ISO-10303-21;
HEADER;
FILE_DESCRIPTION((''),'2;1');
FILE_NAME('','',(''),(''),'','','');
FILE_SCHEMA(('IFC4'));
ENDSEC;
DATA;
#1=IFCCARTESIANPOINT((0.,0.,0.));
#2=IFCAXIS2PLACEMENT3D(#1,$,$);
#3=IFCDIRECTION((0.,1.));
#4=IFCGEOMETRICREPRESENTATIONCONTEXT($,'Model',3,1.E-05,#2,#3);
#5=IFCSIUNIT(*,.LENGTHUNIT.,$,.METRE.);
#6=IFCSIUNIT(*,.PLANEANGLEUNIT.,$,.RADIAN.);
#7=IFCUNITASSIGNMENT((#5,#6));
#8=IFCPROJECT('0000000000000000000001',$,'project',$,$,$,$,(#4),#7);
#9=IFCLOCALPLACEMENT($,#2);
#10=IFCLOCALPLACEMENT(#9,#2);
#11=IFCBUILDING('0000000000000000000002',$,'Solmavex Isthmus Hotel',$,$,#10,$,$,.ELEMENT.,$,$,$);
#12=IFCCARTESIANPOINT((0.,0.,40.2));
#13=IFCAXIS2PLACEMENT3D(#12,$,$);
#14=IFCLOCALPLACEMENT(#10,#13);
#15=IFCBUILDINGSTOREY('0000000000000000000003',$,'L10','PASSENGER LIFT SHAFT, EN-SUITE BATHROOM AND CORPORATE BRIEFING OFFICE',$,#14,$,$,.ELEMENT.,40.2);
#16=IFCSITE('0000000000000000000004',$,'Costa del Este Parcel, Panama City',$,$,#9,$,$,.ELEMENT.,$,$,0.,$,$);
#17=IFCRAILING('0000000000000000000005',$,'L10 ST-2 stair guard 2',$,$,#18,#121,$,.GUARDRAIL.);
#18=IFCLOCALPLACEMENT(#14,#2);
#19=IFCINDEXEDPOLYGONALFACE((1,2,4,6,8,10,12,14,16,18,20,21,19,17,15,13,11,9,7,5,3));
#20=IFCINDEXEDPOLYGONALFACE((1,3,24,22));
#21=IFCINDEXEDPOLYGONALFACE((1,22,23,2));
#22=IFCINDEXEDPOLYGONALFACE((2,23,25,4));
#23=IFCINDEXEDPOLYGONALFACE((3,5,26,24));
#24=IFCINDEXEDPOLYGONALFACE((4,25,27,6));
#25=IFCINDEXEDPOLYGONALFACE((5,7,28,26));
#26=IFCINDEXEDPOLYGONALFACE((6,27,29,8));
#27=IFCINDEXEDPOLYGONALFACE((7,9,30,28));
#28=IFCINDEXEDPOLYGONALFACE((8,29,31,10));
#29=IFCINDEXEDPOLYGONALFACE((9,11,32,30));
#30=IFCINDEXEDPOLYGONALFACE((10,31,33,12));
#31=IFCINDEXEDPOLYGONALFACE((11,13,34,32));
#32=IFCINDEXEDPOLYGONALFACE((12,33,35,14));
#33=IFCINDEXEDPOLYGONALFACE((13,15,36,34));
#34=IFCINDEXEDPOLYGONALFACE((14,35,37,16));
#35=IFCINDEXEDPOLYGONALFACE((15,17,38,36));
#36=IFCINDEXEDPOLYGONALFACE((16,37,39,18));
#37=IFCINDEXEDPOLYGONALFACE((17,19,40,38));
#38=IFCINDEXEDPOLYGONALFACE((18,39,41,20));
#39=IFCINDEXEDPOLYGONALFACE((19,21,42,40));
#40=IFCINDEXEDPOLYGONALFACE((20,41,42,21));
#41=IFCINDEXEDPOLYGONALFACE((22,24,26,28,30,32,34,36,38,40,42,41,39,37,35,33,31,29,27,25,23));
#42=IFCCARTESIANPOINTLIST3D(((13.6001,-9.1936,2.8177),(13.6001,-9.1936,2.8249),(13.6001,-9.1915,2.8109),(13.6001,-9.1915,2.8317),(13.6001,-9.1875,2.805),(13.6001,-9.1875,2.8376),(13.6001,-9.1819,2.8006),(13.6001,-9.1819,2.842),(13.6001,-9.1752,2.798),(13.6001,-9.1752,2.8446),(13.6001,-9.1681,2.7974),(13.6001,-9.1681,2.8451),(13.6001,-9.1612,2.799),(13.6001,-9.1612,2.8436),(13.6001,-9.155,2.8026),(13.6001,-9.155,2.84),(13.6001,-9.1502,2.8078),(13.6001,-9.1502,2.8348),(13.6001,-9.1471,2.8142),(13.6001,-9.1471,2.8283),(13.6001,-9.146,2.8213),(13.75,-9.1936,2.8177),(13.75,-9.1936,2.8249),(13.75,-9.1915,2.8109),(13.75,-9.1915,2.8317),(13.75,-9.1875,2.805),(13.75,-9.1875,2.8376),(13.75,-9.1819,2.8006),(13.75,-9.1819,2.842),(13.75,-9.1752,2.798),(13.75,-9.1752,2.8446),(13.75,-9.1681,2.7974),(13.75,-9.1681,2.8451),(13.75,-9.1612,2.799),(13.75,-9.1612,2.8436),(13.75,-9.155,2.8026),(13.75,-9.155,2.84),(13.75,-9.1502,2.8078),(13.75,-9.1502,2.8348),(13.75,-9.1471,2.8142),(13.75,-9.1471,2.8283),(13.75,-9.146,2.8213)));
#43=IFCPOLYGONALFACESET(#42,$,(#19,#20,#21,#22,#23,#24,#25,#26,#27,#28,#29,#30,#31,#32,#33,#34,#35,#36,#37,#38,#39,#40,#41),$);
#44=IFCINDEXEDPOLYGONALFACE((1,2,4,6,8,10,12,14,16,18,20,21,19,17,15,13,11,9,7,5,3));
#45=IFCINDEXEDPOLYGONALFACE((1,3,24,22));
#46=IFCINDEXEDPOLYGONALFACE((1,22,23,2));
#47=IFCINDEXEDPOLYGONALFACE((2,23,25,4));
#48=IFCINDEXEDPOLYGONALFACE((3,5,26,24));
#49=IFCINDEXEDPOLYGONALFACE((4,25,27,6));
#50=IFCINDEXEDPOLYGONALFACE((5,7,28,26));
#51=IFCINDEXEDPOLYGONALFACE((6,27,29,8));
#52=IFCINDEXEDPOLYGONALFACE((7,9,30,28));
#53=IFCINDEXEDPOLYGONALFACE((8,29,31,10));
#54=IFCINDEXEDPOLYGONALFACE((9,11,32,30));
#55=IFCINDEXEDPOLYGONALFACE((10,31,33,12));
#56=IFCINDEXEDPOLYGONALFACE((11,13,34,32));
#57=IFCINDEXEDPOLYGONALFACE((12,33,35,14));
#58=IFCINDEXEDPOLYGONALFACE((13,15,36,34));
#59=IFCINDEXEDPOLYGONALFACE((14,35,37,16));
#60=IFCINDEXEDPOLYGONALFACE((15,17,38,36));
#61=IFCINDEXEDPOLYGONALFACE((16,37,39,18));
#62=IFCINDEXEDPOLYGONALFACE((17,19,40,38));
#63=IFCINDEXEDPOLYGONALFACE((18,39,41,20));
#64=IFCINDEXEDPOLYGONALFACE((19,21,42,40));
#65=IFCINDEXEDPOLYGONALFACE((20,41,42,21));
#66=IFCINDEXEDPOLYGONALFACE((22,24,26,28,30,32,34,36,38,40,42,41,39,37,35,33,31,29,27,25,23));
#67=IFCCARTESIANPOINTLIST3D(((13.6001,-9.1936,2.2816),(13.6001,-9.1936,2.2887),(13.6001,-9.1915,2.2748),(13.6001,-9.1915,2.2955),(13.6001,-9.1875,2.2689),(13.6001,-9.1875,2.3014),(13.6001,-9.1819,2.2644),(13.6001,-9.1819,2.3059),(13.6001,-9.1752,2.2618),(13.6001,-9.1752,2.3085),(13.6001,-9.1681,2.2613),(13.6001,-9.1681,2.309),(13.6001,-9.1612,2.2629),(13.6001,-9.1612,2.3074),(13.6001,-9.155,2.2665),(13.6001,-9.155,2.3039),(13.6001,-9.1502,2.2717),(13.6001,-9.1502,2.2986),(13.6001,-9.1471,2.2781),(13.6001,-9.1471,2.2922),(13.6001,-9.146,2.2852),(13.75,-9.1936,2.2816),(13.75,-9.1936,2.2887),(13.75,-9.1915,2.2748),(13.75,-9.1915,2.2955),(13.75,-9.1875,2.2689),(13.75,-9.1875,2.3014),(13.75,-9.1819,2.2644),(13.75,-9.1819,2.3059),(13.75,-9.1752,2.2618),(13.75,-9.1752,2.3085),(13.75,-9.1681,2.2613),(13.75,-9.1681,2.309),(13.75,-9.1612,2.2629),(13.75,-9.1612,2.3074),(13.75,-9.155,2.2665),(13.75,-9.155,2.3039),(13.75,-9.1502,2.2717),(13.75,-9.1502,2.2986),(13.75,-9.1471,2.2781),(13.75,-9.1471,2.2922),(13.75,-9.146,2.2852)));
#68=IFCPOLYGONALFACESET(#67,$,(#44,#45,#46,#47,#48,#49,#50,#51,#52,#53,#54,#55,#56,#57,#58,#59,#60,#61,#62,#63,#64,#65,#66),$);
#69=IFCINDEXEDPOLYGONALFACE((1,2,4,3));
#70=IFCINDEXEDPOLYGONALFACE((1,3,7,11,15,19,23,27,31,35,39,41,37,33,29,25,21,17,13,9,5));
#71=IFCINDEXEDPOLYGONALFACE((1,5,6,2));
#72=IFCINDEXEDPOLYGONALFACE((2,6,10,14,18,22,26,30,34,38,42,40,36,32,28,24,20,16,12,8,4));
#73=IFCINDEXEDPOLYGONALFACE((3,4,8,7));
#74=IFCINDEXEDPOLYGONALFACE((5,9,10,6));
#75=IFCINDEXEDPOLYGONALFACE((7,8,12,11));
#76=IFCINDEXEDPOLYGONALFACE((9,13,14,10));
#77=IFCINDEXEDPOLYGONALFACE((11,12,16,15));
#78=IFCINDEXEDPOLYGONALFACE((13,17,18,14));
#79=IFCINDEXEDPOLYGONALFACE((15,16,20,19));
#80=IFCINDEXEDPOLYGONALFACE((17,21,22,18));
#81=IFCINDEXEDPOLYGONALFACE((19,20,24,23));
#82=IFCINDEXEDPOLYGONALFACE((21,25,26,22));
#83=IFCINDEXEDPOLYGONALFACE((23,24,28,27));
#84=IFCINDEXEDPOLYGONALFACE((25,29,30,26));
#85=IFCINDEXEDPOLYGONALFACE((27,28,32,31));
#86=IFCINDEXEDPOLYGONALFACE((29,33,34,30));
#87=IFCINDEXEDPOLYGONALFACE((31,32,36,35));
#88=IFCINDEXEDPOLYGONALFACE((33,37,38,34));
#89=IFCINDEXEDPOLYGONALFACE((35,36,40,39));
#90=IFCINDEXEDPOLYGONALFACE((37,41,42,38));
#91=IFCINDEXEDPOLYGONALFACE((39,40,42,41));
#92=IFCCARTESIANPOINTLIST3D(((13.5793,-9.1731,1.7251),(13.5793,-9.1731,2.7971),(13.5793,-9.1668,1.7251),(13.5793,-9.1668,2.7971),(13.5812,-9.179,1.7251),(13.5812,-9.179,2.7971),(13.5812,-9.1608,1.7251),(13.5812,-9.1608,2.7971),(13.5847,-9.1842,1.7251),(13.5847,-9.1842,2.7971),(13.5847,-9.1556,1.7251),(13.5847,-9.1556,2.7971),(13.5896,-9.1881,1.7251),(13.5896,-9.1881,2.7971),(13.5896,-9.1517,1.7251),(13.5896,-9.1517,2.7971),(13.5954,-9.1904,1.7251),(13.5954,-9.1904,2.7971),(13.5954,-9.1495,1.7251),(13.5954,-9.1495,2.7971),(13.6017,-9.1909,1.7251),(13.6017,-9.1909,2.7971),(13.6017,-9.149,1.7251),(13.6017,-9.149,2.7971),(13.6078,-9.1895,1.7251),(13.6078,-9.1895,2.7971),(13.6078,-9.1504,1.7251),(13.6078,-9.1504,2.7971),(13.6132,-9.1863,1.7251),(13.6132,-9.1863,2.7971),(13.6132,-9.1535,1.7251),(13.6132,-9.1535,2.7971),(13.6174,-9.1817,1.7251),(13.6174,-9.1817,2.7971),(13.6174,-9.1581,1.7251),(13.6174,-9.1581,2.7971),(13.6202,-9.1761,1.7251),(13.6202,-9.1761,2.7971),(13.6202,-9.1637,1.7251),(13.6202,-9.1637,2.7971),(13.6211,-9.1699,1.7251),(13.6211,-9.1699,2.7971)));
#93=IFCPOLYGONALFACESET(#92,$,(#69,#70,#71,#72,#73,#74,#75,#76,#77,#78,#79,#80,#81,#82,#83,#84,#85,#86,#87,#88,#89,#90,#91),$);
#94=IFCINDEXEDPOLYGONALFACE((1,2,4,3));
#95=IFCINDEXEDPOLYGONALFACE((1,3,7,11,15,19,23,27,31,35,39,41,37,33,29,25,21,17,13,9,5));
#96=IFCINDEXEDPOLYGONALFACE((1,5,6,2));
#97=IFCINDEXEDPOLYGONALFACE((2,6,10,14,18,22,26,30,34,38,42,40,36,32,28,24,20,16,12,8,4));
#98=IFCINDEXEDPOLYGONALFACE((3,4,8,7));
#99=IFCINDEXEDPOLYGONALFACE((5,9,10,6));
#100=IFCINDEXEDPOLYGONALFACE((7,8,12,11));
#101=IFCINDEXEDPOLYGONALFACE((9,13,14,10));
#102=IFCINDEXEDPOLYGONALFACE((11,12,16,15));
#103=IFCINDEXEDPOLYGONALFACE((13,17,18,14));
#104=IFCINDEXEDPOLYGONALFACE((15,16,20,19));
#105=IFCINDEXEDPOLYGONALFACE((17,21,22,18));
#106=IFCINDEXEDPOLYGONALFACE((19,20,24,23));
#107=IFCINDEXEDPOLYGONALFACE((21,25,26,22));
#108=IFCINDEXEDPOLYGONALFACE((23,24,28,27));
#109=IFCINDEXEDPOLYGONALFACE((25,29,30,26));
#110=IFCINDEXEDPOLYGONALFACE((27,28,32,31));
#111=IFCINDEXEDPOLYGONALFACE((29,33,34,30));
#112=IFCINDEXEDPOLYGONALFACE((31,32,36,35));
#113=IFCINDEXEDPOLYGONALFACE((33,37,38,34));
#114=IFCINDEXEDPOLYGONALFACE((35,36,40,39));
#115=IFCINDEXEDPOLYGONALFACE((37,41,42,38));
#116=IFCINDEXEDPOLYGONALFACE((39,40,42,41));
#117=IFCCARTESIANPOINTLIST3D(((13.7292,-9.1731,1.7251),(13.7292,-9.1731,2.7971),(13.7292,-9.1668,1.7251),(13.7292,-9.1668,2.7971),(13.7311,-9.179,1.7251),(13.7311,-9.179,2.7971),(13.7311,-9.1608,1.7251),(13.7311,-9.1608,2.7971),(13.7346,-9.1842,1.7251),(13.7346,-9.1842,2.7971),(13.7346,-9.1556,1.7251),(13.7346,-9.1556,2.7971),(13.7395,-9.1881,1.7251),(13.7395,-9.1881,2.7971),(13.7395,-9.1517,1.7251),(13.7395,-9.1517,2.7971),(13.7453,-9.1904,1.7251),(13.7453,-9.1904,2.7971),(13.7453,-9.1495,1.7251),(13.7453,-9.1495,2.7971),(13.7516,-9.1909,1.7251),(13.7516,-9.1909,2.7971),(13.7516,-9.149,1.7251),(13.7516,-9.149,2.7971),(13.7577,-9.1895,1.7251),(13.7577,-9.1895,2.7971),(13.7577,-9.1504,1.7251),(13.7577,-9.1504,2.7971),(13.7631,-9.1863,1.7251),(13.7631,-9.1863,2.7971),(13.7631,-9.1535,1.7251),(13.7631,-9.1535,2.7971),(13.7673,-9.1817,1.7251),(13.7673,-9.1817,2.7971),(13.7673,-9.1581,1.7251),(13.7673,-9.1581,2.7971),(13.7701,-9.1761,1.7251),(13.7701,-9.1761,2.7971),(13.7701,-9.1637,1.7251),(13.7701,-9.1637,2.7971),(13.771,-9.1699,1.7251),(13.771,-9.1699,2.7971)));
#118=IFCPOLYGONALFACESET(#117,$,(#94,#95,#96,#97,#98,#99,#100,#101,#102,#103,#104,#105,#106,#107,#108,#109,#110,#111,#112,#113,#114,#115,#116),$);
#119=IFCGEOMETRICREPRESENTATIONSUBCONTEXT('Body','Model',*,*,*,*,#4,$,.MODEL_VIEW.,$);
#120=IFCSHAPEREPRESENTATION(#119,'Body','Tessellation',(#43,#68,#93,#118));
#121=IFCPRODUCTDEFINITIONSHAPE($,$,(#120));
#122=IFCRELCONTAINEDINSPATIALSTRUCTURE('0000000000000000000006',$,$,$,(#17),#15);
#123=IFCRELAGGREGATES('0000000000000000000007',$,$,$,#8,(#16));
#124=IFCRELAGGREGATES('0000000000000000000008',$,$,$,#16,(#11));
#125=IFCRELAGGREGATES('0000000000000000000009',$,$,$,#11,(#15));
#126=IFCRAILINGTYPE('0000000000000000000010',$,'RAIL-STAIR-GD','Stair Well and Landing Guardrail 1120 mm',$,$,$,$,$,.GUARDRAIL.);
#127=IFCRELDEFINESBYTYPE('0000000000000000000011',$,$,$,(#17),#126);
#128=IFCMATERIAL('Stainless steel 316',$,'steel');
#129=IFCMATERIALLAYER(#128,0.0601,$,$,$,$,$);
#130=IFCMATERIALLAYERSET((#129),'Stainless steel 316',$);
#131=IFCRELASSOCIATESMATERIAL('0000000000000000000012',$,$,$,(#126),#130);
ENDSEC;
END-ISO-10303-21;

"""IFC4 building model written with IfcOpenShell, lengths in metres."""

from ifc_helpers import new_model, si_unit, direction, frame, origin, origin_2d, place, context, subcontext, project, spatial, circle, extrude, material, layer, layer_set, type_object, element, save


model = new_model("IFC4")

# Units and contexts
model_context = context("Model", 3, precision=1e-05, world=origin(), true_north=direction((0.0, 1.0)))
body_context = subcontext(model_context, "Body", "Model", "MODEL_VIEW")
ifc_project = project(units=[si_unit("LENGTHUNIT", "METRE"), si_unit("PLANEANGLEUNIT", "RADIAN")], contexts=[model_context])

# Site, building, storey
site_placement = place(None, origin())
site = spatial("IfcSite", under=ifc_project, at=site_placement, Name="Costa del Este Parcel, Panama City", CompositionType="ELEMENT", RefElevation=0.0)
building_placement = place(site_placement, origin())
building = spatial("IfcBuilding", under=site, at=building_placement, Name="Solmavex Isthmus Hotel", CompositionType="ELEMENT")
storey_placement = place(building_placement, frame((0.0, 0.0, 40.2)))
storey = spatial("IfcBuildingStorey", under=building, at=storey_placement, Name="L10", Description="PASSENGER LIFT SHAFT, EN-SUITE BATHROOM AND CORPORATE BRIEFING OFFICE", CompositionType="ELEMENT", Elevation=40.2)

# Railing
ifc_material_1 = material(Name="Stainless steel 316", Category="steel")
ifc_layer_1 = layer(ifc_material_1, 0.0601)
ifc_layer_set_1 = layer_set([ifc_layer_1], Name="Stainless steel 316")
railing_type_1 = type_object("IfcRailingType", Name="RAIL-STAIR-GD", Description="Stair Well and Landing Guardrail 1120 mm", PredefinedType="GUARDRAIL", material=ifc_layer_set_1)
railing_1_placement = place(storey_placement, frame((13.6001, -9.1699, 1.7251)))
element("IfcRailing", 1, at=railing_1_placement, inside=storey, type_object=railing_type_1, Name="L10 ST-2 stair guard 2", PredefinedType="GUARDRAIL", context=body_context, shape_type="SweptSolid", body=[
    extrude(circle(Radius=0.0239, at=origin_2d()), frame((0.0, 0.0, 1.0962), z_axis=(1.0, 0.0, 0.0), x_axis=(0.0, 1.0, 0.0)), (0.0, 0.0, 1.0), 0.1499),
    extrude(circle(Radius=0.0239, at=origin_2d()), frame((0.0, 0.0, 0.5601), z_axis=(1.0, 0.0, 0.0), x_axis=(0.0, 1.0, 0.0)), (0.0, 0.0, 1.0), 0.1499),
    extrude(circle(Radius=0.021, at=origin_2d()), origin(), (0.0, 0.0, 1.0), 1.072),
    extrude(circle(Radius=0.021, at=origin_2d()), frame((0.1499, 0.0, 0.0)), (0.0, 0.0, 1.0), 1.072),
])

save(model, "model.ifc")
